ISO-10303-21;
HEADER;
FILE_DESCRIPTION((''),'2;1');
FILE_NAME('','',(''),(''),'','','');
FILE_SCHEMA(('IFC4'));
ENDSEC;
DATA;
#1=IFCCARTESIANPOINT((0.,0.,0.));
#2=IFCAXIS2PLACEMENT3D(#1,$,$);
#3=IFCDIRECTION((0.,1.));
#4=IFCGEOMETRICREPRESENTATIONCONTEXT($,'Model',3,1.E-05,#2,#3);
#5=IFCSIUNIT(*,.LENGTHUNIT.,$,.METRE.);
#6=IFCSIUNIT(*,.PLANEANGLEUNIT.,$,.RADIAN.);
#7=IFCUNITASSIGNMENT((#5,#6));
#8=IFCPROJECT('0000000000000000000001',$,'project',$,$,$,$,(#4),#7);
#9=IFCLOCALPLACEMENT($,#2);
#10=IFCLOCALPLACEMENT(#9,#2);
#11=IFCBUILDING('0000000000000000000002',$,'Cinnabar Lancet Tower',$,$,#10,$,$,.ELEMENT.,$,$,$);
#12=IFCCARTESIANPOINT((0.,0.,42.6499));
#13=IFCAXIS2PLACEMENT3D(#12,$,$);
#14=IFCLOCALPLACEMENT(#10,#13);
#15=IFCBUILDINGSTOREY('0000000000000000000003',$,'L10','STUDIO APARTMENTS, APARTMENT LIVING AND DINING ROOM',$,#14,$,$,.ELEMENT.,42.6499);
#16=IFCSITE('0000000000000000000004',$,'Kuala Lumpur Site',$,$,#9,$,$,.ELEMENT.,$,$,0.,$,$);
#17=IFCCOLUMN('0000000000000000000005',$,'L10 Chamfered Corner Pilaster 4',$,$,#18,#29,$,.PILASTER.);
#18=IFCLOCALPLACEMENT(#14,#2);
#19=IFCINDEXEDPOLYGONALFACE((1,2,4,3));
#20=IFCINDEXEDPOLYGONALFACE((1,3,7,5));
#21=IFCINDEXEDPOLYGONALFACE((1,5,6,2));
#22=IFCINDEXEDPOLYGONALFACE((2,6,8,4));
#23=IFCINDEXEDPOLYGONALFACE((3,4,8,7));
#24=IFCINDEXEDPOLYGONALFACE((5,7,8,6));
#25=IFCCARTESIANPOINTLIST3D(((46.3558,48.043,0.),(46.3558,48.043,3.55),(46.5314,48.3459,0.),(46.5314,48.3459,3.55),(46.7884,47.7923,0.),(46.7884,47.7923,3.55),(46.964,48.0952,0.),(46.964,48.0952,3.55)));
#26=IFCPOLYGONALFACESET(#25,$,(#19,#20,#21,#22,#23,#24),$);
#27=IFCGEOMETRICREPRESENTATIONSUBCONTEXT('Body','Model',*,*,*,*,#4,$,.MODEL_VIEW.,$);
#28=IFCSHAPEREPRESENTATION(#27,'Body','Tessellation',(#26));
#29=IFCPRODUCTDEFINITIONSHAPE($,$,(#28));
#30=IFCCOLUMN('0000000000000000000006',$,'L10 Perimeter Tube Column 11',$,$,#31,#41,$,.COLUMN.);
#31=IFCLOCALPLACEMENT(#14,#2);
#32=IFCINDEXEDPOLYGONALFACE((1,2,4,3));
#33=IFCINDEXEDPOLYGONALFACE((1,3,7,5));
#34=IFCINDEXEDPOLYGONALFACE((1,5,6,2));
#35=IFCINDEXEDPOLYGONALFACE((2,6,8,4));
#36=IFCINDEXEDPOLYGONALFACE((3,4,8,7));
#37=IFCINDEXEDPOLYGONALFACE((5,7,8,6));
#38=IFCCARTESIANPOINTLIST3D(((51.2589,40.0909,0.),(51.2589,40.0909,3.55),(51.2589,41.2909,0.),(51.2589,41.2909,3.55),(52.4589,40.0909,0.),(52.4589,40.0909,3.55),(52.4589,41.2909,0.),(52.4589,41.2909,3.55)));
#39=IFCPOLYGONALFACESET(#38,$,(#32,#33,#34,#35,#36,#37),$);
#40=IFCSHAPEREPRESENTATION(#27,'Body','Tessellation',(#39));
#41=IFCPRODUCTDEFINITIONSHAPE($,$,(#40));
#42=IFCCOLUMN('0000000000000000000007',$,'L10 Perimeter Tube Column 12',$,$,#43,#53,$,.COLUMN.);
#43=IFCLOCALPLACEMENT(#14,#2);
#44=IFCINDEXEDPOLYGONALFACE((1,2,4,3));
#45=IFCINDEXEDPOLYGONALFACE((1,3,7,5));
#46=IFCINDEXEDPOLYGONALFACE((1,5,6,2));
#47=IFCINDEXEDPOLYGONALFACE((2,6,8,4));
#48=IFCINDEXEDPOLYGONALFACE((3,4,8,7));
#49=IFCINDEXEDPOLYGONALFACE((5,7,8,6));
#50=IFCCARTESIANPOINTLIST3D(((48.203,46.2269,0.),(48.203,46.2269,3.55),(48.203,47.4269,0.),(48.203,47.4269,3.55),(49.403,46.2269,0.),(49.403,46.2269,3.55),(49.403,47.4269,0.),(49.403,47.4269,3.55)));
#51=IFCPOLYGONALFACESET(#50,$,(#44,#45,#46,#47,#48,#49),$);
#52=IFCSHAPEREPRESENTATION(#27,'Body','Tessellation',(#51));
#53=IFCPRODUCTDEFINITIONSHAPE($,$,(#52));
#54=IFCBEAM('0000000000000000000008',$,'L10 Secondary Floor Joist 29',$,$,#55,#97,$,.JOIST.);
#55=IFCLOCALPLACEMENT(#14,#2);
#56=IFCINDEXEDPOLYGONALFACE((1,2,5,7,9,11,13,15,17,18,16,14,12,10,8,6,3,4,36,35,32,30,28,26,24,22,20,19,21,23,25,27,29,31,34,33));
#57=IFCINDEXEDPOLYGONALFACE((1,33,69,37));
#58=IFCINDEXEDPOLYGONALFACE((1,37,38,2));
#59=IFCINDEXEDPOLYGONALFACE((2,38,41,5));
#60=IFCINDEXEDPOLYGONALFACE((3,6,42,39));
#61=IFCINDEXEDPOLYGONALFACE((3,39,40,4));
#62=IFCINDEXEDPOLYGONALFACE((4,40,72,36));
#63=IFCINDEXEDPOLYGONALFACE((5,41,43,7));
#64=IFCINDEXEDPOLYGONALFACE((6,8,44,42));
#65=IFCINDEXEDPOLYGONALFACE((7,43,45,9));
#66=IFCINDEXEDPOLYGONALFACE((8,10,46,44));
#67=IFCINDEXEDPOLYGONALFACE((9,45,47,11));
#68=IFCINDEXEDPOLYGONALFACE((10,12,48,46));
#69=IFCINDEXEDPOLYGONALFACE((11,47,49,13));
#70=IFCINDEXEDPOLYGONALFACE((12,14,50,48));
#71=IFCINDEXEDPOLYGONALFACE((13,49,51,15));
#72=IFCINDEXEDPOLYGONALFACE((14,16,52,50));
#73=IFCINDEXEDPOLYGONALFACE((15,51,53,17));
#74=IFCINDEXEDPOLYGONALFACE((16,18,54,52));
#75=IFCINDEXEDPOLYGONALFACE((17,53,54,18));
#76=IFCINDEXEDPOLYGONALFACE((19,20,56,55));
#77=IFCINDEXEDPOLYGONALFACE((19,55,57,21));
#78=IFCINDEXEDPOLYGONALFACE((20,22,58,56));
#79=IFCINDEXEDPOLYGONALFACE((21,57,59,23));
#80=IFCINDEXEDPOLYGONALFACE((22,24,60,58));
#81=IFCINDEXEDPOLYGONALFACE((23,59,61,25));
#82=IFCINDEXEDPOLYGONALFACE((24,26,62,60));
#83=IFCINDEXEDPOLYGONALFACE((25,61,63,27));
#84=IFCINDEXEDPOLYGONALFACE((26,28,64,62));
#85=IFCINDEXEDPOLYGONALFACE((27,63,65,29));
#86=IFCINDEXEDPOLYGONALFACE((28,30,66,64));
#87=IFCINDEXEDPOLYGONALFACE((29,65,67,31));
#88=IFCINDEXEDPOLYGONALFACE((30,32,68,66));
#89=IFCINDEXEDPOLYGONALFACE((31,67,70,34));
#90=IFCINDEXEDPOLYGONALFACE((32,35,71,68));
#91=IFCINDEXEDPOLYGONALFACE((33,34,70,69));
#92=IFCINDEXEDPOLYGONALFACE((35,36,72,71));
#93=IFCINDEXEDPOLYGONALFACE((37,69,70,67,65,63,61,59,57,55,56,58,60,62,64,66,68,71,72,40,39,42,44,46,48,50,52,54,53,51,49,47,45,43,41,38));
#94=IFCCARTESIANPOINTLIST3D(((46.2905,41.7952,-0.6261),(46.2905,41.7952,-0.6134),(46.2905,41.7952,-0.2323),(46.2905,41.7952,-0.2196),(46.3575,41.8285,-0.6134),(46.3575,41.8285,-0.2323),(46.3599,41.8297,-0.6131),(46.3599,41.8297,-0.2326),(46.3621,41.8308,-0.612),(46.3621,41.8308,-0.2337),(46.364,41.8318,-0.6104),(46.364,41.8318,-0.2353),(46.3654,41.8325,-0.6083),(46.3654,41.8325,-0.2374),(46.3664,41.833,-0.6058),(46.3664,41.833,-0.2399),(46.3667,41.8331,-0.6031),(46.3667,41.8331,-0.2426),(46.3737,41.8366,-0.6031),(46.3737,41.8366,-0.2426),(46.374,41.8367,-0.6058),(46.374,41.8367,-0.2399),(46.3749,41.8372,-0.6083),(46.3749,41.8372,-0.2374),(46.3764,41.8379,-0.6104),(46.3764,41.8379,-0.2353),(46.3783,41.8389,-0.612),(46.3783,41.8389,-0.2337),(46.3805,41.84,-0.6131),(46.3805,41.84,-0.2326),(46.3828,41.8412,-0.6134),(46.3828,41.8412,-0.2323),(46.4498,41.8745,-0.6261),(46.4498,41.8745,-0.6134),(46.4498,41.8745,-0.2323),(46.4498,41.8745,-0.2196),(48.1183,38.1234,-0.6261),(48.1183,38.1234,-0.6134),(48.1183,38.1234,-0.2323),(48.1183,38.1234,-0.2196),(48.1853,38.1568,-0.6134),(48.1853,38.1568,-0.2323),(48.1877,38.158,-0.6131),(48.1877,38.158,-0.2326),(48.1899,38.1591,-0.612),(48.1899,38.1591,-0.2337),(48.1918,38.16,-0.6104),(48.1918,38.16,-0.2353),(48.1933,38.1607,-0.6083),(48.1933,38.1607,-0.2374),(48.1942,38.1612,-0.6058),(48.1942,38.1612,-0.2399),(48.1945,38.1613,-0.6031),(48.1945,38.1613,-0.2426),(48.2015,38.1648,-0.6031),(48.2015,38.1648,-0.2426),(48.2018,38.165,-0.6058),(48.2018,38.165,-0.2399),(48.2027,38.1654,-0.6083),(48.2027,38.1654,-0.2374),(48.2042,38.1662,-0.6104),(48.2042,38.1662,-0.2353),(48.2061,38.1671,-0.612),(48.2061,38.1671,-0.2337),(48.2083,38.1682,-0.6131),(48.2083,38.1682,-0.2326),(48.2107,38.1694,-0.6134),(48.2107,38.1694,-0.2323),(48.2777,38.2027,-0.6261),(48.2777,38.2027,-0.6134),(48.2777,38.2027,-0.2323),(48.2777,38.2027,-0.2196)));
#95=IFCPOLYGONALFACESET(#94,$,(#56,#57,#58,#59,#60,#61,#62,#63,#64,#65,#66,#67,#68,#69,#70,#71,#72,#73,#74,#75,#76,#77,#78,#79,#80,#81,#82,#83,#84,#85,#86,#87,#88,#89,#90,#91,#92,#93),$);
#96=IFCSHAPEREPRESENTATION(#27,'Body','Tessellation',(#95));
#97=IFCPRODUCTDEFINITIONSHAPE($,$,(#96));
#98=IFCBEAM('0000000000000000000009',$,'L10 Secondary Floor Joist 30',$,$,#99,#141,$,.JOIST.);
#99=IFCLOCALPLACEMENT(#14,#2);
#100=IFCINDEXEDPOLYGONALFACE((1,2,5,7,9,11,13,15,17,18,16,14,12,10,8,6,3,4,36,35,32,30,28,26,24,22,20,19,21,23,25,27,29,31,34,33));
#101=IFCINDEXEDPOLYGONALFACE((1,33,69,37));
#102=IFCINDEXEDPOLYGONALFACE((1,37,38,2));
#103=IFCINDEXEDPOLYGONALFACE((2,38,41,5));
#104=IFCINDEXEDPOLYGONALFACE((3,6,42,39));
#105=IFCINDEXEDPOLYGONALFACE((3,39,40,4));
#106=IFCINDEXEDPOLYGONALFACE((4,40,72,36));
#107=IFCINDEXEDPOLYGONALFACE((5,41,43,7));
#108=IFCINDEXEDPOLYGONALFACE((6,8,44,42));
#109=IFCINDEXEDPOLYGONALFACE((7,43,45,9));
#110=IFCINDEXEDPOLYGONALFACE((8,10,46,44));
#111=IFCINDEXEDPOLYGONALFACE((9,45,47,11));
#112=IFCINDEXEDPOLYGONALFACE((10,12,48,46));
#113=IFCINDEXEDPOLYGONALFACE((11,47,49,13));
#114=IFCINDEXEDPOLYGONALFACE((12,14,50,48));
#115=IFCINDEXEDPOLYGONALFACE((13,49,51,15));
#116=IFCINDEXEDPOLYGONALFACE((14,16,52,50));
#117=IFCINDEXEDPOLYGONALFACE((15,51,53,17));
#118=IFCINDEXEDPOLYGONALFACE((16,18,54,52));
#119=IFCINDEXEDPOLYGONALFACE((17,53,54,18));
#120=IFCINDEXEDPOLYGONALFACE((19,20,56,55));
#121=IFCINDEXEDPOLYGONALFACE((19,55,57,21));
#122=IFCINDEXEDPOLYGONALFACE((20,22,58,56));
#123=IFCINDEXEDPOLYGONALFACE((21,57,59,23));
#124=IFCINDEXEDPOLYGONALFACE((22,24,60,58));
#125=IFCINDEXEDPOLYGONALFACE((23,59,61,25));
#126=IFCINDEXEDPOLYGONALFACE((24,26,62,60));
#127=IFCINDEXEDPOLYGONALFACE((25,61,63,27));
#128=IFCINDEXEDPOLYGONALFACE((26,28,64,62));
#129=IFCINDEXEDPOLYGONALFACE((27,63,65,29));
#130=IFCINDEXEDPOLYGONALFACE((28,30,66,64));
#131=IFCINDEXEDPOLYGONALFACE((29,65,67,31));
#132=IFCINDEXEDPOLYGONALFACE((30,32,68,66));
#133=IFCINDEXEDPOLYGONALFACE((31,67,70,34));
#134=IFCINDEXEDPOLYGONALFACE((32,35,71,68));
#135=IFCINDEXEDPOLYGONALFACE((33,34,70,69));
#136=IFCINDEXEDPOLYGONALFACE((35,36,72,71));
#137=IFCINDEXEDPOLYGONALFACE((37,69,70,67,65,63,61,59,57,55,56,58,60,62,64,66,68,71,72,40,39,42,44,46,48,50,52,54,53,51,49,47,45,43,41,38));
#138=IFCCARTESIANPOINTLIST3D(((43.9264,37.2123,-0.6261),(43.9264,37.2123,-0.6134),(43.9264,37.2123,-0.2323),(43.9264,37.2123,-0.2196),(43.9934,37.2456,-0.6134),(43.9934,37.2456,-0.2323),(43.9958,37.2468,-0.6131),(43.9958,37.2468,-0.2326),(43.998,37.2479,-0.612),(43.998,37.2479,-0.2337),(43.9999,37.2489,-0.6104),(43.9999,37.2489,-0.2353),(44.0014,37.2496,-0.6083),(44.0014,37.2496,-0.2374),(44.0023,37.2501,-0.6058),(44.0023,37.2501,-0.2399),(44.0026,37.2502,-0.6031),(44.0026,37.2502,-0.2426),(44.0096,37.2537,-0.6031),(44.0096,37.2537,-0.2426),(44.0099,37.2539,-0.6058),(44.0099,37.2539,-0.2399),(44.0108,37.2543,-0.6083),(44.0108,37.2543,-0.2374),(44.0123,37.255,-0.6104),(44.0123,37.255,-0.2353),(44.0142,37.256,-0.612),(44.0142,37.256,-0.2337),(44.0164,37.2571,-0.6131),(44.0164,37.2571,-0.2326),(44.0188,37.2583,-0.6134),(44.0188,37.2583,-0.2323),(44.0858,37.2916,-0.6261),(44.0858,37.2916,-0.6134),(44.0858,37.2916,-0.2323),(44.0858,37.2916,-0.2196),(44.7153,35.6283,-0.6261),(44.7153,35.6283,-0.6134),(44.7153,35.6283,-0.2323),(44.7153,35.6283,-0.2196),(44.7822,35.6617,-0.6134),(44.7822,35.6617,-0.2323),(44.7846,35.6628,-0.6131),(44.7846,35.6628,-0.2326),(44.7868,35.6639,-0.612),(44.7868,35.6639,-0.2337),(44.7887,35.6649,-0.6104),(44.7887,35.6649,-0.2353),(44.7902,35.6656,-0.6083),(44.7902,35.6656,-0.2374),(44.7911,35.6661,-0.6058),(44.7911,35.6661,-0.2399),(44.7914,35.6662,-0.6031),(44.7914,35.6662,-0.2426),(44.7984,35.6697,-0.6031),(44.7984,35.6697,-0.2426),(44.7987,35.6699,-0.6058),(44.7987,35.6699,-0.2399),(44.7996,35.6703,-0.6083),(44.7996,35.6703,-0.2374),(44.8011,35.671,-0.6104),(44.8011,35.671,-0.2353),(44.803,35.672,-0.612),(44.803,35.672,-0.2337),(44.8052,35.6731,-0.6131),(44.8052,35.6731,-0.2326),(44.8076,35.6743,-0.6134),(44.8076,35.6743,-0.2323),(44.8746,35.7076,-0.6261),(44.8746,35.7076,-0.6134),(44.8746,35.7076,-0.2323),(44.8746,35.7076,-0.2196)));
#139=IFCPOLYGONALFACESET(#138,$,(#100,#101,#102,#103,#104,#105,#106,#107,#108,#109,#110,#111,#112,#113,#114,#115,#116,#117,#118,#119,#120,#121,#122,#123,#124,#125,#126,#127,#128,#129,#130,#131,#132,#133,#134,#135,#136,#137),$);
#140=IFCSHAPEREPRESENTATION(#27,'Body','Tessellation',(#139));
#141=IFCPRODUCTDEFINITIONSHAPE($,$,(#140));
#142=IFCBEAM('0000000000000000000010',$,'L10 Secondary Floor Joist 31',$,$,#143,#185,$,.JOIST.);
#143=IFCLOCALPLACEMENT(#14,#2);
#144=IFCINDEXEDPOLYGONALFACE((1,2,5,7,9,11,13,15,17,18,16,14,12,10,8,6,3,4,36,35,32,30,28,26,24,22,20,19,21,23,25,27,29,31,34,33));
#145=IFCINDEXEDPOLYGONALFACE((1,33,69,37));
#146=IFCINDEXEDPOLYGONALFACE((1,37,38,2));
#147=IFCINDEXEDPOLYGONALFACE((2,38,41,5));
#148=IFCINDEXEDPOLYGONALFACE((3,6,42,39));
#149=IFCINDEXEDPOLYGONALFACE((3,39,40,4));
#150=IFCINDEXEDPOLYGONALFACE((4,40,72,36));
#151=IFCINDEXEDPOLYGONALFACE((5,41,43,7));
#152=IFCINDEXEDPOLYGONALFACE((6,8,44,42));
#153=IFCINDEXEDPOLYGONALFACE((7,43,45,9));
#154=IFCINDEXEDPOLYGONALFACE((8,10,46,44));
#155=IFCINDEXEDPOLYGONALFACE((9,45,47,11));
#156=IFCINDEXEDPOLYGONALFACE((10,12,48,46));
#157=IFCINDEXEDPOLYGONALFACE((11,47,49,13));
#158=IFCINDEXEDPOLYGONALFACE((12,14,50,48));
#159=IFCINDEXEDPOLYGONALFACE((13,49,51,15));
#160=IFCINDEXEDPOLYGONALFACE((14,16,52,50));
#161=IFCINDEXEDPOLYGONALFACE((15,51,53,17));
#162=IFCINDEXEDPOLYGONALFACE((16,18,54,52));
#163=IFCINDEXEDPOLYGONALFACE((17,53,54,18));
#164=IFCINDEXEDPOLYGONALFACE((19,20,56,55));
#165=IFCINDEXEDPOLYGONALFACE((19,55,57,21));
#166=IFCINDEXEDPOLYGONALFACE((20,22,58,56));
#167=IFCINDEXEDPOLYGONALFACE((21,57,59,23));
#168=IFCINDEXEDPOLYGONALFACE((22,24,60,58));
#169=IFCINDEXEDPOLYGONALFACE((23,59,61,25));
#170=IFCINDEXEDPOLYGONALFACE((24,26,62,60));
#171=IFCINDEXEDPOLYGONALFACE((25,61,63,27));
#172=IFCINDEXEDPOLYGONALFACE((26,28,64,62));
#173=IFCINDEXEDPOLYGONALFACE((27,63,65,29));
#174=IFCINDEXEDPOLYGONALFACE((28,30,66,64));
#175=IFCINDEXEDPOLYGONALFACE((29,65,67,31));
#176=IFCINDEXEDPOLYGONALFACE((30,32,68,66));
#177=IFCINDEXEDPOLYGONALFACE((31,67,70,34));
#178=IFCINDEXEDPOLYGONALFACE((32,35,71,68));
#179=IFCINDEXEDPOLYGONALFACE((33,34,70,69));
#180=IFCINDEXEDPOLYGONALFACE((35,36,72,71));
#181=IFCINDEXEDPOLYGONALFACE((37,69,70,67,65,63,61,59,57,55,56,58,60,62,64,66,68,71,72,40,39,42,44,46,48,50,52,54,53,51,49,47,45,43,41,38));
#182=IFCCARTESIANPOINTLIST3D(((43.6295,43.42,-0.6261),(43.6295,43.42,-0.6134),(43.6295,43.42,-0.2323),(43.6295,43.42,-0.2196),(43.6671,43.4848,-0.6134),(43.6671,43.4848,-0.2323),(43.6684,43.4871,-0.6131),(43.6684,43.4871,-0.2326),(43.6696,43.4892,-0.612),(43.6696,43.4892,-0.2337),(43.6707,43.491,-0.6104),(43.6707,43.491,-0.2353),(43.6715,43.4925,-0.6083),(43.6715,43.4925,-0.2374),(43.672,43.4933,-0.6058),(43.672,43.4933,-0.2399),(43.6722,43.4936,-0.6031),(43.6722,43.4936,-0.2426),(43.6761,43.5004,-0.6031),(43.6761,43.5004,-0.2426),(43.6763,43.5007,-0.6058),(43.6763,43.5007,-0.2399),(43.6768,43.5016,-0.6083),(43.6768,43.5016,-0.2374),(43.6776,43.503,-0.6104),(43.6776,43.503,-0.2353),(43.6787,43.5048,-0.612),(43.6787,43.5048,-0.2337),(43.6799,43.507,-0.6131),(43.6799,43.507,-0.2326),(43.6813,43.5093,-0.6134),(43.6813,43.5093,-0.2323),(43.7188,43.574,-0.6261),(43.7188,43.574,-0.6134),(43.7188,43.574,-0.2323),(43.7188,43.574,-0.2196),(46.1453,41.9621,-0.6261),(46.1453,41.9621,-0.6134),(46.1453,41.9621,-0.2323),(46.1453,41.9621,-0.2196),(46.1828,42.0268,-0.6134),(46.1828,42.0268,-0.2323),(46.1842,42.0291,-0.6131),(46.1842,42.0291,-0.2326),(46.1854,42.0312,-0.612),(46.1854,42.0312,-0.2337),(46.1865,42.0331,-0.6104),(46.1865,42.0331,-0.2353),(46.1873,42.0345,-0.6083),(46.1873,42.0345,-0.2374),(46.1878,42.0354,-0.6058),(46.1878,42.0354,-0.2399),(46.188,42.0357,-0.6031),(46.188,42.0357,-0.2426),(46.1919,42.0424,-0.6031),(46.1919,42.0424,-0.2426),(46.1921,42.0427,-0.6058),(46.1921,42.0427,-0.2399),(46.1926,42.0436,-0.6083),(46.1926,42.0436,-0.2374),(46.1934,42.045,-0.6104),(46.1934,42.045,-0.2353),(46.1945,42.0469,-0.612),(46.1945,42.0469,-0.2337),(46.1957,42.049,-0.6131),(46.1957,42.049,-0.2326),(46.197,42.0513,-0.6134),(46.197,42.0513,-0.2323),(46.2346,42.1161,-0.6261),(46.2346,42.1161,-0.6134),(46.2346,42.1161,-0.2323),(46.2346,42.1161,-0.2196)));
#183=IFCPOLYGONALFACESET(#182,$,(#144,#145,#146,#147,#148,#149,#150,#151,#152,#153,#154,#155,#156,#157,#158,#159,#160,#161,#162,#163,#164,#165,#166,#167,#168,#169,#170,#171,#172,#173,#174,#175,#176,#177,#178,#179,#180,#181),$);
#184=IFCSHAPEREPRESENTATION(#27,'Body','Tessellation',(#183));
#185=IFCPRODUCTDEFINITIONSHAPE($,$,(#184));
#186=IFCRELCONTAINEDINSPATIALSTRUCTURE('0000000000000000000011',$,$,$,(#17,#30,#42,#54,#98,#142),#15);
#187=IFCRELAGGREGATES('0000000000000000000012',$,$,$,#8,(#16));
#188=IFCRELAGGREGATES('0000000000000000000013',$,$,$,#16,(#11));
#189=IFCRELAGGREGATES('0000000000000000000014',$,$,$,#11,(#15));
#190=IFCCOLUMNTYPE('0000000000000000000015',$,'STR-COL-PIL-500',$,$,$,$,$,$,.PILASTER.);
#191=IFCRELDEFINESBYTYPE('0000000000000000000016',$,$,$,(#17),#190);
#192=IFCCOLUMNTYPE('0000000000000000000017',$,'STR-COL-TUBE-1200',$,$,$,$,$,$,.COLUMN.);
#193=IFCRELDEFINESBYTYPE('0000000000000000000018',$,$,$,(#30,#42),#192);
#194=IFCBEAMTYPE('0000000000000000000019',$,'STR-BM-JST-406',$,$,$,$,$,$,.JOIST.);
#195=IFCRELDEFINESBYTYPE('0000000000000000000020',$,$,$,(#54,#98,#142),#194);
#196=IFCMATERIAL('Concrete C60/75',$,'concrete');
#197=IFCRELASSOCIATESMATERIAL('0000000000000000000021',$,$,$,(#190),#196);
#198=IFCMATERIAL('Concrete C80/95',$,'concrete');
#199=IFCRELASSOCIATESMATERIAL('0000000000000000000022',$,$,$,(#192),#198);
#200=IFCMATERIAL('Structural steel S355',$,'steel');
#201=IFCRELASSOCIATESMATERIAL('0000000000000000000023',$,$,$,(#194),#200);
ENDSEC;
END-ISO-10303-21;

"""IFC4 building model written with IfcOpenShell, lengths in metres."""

from ifc_helpers import new_model, si_unit, direction, frame, origin, origin_2d, place, context, subcontext, project, spatial, rectangle, i_section, extrude, material, material_profile, profile_set, type_object, element, save


model = new_model("IFC4")

# Units and contexts
model_context = context("Model", 3, precision=1e-05, world=origin(), true_north=direction((0.0, 1.0)))
body_context = subcontext(model_context, "Body", "Model", "MODEL_VIEW")
ifc_project = project(units=[si_unit("LENGTHUNIT", "METRE"), si_unit("PLANEANGLEUNIT", "RADIAN")], contexts=[model_context])

# Site, building, storey
site_placement = place(None, origin())
site = spatial("IfcSite", under=ifc_project, at=site_placement, Name="Kuala Lumpur Site", CompositionType="ELEMENT", RefElevation=0.0)
building_placement = place(site_placement, origin())
building = spatial("IfcBuilding", under=site, at=building_placement, Name="Cinnabar Lancet Tower", CompositionType="ELEMENT")
storey_placement = place(building_placement, frame((0.0, 0.0, 42.6499)))
storey = spatial("IfcBuildingStorey", under=building, at=storey_placement, Name="L10", Description="STUDIO APARTMENTS, APARTMENT LIVING AND DINING ROOM", CompositionType="ELEMENT", Elevation=42.6499)

# Columns
ifc_material_1 = material(Name="Concrete C60/75", Category="concrete")
ifc_material_profile_1 = material_profile(ifc_material_1, rectangle(XDim=0.5, YDim=0.3501, at=origin_2d()), Name="RC-PIL 500x350")
ifc_profile_set_1 = profile_set([ifc_material_profile_1], Name="Concrete C60/75")
column_type_1 = type_object("IfcColumnType", Name="STR-COL-PIL-500", PredefinedType="PILASTER", material=ifc_profile_set_1)
column_placement = place(storey_placement, frame((46.6599, 48.0691, 0.0), z_axis=(0.0, 0.0, 1.0), x_axis=(-0.865195, 0.501435, 0.0)))
element("IfcColumn", 1, at=column_placement, inside=storey, type_object=column_type_1, Name="L10 Chamfered Corner Pilaster 4", PredefinedType="PILASTER", context=body_context, shape_type="SweptSolid", body=[
    extrude(rectangle(XDim=0.5, YDim=0.3501, at=origin_2d()), origin(), (0.0, 0.0, 1.0), 3.55),
])
ifc_material_2 = material(Name="Concrete C80/95", Category="concrete")
ifc_material_profile_2 = material_profile(ifc_material_2, rectangle(XDim=1.2, YDim=1.2, at=origin_2d()), Name="RC-COL 1200x1200")
ifc_profile_set_2 = profile_set([ifc_material_profile_2], Name="Concrete C80/95")
column_type_2 = type_object("IfcColumnType", Name="STR-COL-TUBE-1200", PredefinedType="COLUMN", material=ifc_profile_set_2)
for number, where, z_axis, x_axis, name in (
    (2, (51.8589, 40.6909, 0.0), (0.0, 0.0, 1.0), (1.0, 0.0, 0.0), "L10 Perimeter Tube Column 11"),
    (3, (48.803, 46.8269, 0.0), (0.0, 0.0, 1.0), (1.0, 0.0, 0.0), "L10 Perimeter Tube Column 12"),
):
    element("IfcColumn", number, at=place(storey_placement, frame(where, z_axis=z_axis, x_axis=x_axis)), inside=storey, type_object=column_type_2, Name=name, PredefinedType="COLUMN", context=body_context, shape_type="SweptSolid", body=[
        extrude(rectangle(XDim=1.2, YDim=1.2, at=origin_2d()), origin(), (0.0, 0.0, 1.0), 3.55),
    ])

# Beams
ifc_material_3 = material(Name="Structural steel S355", Category="steel")
ifc_material_profile_3 = material_profile(ifc_material_3, i_section(OverallWidth=0.178, OverallDepth=0.4065, WebThickness=0.0078, FlangeThickness=0.0127, FilletRadius=0.0103, at=origin_2d()), Name="UKB 406x178x60")
ifc_profile_set_3 = profile_set([ifc_material_profile_3], Name="Structural steel S355")
beam_type_1 = type_object("IfcBeamType", Name="STR-BM-JST-406", PredefinedType="JOIST", material=ifc_profile_set_3)
beam_1_placement = place(storey_placement, frame((48.198, 38.1631, -0.4229), z_axis=(-0.445642, 0.895212, 0.0), x_axis=(-0.895212, -0.445642, 0.0)))
element("IfcBeam", 4, at=beam_1_placement, inside=storey, type_object=beam_type_1, Name="L10 Secondary Floor Joist 29", PredefinedType="JOIST", context=body_context, shape_type="SweptSolid", body=[
    extrude(i_section(OverallWidth=0.178, OverallDepth=0.4065, WebThickness=0.0078, FlangeThickness=0.0127, FilletRadius=0.0103, at=origin_2d()), origin(), (0.0, 0.0, 1.0), 4.1016),
])
beam_2_placement = place(storey_placement, frame((44.7949, 35.668, -0.4229), z_axis=(-0.445778, 0.895143, 0.0), x_axis=(-0.895143, -0.445778, 0.0)))
element("IfcBeam", 5, at=beam_2_placement, inside=storey, type_object=beam_type_1, Name="L10 Secondary Floor Joist 30", PredefinedType="JOIST", context=body_context, shape_type="SweptSolid", body=[
    extrude(i_section(OverallWidth=0.178, OverallDepth=0.4065, WebThickness=0.0078, FlangeThickness=0.0127, FilletRadius=0.0103, at=origin_2d()), origin(), (0.0, 0.0, 1.0), 1.7695),
])
beam_3_placement = place(storey_placement, frame((46.1899, 42.0391, -0.4229), z_axis=(-0.86521, 0.50141, 0.0), x_axis=(-0.50141, -0.86521, 0.0)))
element("IfcBeam", 6, at=beam_3_placement, inside=storey, type_object=beam_type_1, Name="L10 Secondary Floor Joist 31", PredefinedType="JOIST", context=body_context, shape_type="SweptSolid", body=[
    extrude(i_section(OverallWidth=0.178, OverallDepth=0.4065, WebThickness=0.0078, FlangeThickness=0.0127, FilletRadius=0.0103, at=origin_2d()), origin(), (0.0, 0.0, 1.0), 2.9077),
])

save(model, "model.ifc")
